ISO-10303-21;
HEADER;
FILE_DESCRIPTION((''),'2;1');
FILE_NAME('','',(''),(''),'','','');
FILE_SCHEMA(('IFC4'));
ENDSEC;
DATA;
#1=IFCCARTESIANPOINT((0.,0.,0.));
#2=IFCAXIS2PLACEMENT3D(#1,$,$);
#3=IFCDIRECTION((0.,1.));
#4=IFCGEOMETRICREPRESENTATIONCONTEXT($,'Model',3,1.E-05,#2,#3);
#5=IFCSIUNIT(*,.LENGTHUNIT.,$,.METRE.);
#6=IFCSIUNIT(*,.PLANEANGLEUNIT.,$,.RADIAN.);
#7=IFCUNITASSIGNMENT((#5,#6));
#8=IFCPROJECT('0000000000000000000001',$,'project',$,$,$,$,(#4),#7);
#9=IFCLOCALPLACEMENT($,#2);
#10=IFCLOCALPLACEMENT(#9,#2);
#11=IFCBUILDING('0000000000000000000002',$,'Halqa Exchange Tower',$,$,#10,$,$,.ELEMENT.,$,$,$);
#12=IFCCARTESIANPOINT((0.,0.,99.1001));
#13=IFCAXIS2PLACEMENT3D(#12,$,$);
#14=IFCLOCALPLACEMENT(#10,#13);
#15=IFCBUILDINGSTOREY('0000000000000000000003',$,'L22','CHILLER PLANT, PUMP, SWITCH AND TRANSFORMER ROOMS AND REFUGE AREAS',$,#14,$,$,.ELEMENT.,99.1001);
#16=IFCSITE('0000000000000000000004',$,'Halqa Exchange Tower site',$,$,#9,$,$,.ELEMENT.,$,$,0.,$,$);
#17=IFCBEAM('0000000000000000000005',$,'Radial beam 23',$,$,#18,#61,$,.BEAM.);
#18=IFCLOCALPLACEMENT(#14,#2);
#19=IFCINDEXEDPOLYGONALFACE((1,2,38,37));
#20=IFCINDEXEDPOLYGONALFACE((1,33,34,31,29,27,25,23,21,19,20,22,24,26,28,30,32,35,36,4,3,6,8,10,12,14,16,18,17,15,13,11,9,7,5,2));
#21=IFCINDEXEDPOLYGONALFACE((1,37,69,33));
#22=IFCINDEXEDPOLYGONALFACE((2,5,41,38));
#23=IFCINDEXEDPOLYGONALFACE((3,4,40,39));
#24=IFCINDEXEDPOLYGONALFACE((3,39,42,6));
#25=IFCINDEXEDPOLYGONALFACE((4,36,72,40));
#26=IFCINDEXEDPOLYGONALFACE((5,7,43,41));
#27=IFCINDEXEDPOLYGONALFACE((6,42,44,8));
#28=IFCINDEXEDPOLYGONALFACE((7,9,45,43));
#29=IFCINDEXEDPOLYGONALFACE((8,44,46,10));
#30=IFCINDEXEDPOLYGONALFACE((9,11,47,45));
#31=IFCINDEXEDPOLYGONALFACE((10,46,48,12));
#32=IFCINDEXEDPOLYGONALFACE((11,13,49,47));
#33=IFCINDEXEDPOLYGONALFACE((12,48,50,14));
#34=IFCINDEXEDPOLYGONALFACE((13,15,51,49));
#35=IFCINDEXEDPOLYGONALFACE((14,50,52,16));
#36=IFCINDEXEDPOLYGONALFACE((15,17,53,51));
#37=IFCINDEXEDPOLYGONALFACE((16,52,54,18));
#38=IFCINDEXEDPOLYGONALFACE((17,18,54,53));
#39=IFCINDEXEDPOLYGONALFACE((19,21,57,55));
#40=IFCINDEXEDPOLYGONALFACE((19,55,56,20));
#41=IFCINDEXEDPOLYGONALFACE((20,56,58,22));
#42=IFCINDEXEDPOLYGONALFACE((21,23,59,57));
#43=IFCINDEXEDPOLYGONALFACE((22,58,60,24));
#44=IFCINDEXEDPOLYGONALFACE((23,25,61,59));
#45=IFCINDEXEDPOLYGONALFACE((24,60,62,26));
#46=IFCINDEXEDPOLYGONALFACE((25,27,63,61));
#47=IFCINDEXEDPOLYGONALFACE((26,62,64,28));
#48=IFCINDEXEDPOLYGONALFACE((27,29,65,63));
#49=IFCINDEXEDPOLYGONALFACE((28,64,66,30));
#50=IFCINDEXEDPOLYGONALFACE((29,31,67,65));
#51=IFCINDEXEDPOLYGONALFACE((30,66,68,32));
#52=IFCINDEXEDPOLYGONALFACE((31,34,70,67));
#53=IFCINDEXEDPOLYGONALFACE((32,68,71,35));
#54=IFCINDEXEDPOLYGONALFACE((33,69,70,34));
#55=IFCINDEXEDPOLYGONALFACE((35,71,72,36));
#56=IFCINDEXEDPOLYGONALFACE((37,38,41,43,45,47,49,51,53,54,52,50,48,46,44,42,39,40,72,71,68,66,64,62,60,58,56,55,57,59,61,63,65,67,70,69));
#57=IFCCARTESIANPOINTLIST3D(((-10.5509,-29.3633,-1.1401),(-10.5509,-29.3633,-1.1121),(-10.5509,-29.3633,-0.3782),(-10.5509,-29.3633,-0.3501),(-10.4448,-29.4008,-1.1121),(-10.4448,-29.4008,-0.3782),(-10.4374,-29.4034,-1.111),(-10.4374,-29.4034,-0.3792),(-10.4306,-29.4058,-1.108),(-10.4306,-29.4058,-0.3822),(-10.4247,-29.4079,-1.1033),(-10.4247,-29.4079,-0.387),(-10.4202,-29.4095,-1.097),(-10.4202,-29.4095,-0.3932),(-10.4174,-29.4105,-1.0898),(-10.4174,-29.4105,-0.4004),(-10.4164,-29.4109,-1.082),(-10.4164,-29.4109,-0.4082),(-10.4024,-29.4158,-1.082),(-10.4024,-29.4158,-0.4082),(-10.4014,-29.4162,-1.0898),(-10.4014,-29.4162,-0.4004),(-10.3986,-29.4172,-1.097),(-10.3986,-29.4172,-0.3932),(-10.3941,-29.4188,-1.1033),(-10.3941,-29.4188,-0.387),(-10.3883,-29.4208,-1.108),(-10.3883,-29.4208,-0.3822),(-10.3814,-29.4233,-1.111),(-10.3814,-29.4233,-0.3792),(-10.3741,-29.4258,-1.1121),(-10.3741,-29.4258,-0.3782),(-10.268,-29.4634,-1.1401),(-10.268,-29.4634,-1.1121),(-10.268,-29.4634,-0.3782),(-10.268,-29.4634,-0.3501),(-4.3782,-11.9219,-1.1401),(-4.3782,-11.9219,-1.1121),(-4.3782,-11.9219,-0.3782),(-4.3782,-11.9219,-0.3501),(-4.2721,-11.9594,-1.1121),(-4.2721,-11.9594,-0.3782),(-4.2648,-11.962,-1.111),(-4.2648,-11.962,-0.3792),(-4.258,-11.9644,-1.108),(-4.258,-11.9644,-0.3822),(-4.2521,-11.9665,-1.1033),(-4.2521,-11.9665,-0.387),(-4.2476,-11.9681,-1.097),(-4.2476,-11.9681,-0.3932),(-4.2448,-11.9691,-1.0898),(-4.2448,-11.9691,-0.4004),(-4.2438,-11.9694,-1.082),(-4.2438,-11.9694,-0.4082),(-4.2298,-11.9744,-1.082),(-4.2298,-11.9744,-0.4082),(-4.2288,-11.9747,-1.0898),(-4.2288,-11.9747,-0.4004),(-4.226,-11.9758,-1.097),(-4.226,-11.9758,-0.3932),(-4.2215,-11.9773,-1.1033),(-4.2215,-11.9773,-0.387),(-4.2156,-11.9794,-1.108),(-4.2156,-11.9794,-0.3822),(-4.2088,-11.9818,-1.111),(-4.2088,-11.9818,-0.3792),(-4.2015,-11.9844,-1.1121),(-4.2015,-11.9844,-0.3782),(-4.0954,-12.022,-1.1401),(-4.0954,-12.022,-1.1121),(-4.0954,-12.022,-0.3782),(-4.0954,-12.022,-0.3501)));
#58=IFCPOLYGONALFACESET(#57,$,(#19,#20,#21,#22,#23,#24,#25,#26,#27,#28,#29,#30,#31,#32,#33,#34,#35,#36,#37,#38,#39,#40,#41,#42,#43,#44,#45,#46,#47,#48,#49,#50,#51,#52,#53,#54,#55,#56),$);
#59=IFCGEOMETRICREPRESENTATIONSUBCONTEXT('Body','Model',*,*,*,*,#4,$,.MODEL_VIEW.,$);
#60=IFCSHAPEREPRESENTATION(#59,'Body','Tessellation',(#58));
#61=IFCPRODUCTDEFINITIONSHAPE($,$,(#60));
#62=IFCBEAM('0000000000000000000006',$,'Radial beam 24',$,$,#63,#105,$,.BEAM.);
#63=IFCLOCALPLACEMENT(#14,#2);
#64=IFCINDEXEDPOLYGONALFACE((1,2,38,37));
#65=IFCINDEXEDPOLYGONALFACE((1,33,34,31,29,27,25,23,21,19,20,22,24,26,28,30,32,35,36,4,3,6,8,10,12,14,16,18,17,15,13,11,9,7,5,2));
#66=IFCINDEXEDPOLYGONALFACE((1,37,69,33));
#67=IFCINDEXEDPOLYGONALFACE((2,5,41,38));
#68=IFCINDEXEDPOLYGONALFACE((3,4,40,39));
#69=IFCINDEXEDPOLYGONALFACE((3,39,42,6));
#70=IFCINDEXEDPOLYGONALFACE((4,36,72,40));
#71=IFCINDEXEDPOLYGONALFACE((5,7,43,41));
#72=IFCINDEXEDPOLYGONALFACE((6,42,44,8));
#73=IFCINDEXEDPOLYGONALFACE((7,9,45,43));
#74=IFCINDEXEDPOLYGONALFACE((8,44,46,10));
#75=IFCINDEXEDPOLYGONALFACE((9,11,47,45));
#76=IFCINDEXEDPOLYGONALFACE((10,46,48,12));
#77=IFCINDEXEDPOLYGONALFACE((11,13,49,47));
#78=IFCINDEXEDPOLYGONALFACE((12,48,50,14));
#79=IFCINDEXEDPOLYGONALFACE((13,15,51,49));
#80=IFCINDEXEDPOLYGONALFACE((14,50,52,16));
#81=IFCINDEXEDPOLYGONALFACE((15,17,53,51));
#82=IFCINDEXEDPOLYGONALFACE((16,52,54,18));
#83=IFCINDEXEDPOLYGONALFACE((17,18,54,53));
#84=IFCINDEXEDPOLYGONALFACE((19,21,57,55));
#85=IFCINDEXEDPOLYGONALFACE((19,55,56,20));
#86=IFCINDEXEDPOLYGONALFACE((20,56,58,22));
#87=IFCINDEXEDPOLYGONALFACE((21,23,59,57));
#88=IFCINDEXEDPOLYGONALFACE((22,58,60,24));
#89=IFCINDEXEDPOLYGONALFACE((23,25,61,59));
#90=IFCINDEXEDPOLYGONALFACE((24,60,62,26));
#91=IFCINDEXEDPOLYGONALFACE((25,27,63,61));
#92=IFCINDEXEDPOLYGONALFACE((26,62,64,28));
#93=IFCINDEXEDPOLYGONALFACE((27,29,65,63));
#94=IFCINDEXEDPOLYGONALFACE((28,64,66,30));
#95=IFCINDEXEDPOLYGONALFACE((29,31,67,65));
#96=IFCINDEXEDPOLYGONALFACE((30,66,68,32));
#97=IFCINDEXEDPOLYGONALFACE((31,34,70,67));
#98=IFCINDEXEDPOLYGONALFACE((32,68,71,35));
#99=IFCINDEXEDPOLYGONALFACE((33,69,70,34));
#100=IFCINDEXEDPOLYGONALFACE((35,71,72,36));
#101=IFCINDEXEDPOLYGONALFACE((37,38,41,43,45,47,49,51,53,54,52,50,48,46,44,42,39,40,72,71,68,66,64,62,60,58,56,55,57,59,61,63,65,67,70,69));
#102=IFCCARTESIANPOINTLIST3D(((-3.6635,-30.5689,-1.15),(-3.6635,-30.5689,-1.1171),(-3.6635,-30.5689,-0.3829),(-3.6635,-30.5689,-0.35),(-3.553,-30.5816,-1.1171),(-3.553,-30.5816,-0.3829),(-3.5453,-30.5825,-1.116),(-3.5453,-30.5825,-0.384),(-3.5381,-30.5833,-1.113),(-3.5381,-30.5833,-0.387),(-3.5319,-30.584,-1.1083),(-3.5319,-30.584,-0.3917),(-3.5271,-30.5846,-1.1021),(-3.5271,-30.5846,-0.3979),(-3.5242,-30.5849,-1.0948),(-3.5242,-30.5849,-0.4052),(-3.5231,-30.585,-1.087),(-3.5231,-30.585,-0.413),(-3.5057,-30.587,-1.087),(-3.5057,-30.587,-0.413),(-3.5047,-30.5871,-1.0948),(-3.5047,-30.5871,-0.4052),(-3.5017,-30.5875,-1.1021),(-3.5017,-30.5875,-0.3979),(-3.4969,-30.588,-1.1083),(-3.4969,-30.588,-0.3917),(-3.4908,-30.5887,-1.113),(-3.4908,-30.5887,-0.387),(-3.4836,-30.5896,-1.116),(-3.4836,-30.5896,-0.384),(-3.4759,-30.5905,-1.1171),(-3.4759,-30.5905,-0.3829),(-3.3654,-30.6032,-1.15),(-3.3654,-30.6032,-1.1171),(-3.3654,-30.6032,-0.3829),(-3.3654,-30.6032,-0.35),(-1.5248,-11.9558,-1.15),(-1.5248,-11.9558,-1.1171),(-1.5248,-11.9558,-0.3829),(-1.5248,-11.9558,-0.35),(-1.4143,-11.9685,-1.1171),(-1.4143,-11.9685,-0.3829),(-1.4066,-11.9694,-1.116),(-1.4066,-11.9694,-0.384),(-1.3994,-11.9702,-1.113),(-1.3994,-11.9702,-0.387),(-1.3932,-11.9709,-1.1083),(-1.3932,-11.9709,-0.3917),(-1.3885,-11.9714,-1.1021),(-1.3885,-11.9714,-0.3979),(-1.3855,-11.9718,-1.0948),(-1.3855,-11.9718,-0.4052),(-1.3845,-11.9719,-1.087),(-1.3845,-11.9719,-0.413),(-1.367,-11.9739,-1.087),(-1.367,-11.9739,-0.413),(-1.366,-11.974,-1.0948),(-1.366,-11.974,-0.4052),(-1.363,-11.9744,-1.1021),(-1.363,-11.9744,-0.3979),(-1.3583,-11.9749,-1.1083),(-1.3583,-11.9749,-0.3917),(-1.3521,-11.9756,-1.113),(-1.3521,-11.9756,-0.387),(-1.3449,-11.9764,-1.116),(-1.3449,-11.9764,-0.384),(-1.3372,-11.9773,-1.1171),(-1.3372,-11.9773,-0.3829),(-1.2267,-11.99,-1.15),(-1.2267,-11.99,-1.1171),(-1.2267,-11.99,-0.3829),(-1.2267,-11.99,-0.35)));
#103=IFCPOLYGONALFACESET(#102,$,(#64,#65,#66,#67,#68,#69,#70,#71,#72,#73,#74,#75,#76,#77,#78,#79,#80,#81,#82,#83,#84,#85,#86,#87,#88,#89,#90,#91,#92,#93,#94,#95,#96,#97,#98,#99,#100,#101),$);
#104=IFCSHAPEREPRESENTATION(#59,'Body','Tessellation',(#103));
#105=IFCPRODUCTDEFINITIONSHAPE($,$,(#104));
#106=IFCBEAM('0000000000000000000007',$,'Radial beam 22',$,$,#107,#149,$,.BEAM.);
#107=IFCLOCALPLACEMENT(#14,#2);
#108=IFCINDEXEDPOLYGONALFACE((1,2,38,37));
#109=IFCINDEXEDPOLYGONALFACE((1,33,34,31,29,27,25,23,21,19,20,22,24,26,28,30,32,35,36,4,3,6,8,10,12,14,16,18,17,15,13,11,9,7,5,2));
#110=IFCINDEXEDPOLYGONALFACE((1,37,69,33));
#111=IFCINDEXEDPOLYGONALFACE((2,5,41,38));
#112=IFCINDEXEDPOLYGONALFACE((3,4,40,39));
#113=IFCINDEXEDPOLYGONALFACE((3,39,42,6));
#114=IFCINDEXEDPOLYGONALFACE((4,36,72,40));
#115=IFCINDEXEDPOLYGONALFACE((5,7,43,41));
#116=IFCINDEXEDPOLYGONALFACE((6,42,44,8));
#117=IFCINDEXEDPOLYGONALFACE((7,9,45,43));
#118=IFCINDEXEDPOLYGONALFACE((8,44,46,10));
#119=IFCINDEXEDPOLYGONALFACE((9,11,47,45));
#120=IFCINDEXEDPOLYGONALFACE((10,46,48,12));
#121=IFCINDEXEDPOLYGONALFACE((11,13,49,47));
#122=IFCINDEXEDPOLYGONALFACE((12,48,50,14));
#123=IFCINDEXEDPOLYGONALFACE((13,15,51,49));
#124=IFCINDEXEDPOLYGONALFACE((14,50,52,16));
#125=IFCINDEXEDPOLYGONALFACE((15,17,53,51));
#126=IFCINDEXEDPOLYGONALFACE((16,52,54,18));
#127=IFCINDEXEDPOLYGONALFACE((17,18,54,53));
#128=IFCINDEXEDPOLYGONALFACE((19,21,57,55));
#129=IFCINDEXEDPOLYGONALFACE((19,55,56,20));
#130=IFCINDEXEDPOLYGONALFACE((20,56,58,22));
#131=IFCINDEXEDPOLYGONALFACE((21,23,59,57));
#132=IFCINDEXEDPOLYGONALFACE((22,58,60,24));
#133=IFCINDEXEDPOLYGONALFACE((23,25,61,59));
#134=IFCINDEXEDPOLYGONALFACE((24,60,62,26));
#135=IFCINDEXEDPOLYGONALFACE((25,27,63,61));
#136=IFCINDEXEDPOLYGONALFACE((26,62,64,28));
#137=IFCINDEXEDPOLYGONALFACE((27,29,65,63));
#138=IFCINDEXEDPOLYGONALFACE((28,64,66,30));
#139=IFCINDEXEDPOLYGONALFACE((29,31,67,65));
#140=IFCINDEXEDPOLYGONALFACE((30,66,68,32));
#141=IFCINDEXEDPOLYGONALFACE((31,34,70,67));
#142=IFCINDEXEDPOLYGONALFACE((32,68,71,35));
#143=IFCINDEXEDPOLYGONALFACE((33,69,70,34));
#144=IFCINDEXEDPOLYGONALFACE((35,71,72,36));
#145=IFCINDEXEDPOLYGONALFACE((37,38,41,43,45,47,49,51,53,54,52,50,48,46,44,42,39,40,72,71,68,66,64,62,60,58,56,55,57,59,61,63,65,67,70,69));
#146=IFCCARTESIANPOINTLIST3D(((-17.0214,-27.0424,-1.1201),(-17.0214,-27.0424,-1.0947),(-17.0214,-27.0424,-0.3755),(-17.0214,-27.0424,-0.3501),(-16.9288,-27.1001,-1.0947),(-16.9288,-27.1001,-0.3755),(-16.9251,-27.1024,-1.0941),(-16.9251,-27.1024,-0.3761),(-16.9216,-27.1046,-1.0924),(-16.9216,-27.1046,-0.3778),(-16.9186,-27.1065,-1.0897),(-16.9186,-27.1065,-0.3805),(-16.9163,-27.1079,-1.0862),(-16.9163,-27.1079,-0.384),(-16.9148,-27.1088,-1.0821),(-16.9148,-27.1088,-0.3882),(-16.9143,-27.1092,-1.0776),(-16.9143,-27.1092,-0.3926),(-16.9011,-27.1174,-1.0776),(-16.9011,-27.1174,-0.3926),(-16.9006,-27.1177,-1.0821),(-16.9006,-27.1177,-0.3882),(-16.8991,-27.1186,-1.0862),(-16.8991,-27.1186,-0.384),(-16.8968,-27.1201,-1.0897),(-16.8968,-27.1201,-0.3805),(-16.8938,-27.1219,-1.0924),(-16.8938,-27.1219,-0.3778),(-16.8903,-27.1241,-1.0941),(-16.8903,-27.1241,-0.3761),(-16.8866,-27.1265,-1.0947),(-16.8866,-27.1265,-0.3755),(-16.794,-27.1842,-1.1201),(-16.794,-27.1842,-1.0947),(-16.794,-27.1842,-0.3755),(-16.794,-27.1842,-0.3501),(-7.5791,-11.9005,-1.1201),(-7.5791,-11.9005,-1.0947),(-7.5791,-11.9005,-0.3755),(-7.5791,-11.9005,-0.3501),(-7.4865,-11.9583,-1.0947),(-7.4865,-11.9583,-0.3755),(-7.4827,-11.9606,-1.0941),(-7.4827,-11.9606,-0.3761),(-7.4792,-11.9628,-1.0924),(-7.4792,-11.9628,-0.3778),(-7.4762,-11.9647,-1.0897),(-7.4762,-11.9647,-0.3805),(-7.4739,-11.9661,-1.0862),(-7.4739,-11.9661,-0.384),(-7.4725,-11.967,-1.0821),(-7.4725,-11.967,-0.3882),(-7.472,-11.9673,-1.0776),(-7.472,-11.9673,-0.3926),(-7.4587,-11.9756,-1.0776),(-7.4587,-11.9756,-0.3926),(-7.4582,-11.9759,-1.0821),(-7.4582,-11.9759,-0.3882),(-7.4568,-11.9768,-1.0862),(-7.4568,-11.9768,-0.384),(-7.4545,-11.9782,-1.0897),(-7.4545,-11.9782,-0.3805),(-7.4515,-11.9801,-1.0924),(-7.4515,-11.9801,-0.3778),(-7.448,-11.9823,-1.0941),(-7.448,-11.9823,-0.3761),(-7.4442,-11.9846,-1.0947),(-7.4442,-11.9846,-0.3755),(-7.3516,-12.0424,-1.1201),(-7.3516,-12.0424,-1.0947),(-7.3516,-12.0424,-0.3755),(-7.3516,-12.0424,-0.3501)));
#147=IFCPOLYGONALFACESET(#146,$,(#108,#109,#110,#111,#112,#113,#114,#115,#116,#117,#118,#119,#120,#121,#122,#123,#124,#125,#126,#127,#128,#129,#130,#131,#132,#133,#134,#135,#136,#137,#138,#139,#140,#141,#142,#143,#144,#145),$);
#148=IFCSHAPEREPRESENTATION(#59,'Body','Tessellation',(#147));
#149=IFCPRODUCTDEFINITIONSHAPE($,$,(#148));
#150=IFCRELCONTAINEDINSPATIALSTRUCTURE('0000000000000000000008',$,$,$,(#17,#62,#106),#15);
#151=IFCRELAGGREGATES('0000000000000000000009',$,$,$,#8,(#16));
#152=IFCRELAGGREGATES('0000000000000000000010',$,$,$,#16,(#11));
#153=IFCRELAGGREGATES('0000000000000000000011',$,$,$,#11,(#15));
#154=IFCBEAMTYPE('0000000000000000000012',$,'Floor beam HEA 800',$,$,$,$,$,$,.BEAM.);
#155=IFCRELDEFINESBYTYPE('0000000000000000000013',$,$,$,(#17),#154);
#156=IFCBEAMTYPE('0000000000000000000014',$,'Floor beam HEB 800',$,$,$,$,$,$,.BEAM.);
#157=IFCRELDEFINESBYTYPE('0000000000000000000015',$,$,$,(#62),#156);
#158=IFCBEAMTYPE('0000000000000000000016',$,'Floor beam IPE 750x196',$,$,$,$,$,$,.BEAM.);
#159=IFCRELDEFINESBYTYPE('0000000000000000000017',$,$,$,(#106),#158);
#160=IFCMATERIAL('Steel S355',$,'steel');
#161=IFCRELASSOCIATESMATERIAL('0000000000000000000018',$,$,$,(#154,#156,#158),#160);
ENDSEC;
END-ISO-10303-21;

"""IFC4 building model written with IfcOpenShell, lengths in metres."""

from ifc_helpers import new_model, si_unit, direction, frame, origin, origin_2d, place, context, subcontext, project, spatial, i_section, extrude, material, material_profile, profile_set, type_object, element, save


model = new_model("IFC4")

# Units and contexts
model_context = context("Model", 3, precision=1e-05, world=origin(), true_north=direction((0.0, 1.0)))
body_context = subcontext(model_context, "Body", "Model", "MODEL_VIEW")
ifc_project = project(units=[si_unit("LENGTHUNIT", "METRE"), si_unit("PLANEANGLEUNIT", "RADIAN")], contexts=[model_context])

# Site, building, storey
site_placement = place(None, origin())
site = spatial("IfcSite", under=ifc_project, at=site_placement, Name="Halqa Exchange Tower site", CompositionType="ELEMENT", RefElevation=0.0)
building_placement = place(site_placement, origin())
building = spatial("IfcBuilding", under=site, at=building_placement, Name="Halqa Exchange Tower", CompositionType="ELEMENT")
storey_placement = place(building_placement, frame((0.0, 0.0, 99.1001)))
storey = spatial("IfcBuildingStorey", under=building, at=storey_placement, Name="L22", Description="CHILLER PLANT, PUMP, SWITCH AND TRANSFORMER ROOMS AND REFUGE AREAS", CompositionType="ELEMENT", Elevation=99.1001)

# Beams
ifc_material_1 = material(Name="Steel S355", Category="steel")
ifc_material_profile_1 = material_profile(ifc_material_1, i_section(OverallWidth=0.3, OverallDepth=0.79, WebThickness=0.0149, FlangeThickness=0.0281, FilletRadius=0.03, at=origin_2d()), Name="HEA 800")
ifc_profile_set_1 = profile_set([ifc_material_profile_1], Name="Steel S355")
beam_type_1 = type_object("IfcBeamType", Name="Floor beam HEA 800", PredefinedType="BEAM", material=ifc_profile_set_1)
beam_1_placement = place(storey_placement, frame((-4.2368, -11.9719, -0.7451), z_axis=(-0.333628, -0.942705, 0.0), x_axis=(0.942705, -0.333628, 0.0)))
element("IfcBeam", 1, at=beam_1_placement, inside=storey, type_object=beam_type_1, Name="Radial beam 23", PredefinedType="BEAM", context=body_context, shape_type="SweptSolid", body=[
    extrude(i_section(OverallWidth=0.3, OverallDepth=0.79, WebThickness=0.0149, FlangeThickness=0.0281, FilletRadius=0.03, at=origin_2d()), origin(), (0.0, 0.0, 1.0), 18.5015),
])
ifc_material_profile_2 = material_profile(ifc_material_1, i_section(OverallWidth=0.3, OverallDepth=0.8, WebThickness=0.0176, FlangeThickness=0.033, FilletRadius=0.03, at=origin_2d()), Name="HEB 800")
ifc_profile_set_2 = profile_set([ifc_material_profile_2], Name="Steel S355")
beam_type_2 = type_object("IfcBeamType", Name="Floor beam HEB 800", PredefinedType="BEAM", material=ifc_profile_set_2)
beam_2_placement = place(storey_placement, frame((-1.3757, -11.9729, -0.75), z_axis=(-0.114151, -0.993463, 0.0), x_axis=(0.993463, -0.114151, 0.0)))
element("IfcBeam", 2, at=beam_2_placement, inside=storey, type_object=beam_type_2, Name="Radial beam 24", PredefinedType="BEAM", context=body_context, shape_type="SweptSolid", body=[
    extrude(i_section(OverallWidth=0.3, OverallDepth=0.8, WebThickness=0.0176, FlangeThickness=0.033, FilletRadius=0.03, at=origin_2d()), origin(), (0.0, 0.0, 1.0), 18.7356),
])
ifc_material_profile_3 = material_profile(ifc_material_1, i_section(OverallWidth=0.2681, OverallDepth=0.77, WebThickness=0.0156, FlangeThickness=0.0254, FilletRadius=0.0171, at=origin_2d()), Name="IPE 750x196")
ifc_profile_set_3 = profile_set([ifc_material_profile_3], Name="Steel S355")
beam_type_3 = type_object("IfcBeamType", Name="Floor beam IPE 750x196", PredefinedType="BEAM", material=ifc_profile_set_3)
beam_3_placement = place(storey_placement, frame((-7.4653, -11.9714, -0.7351), z_axis=(-0.529142, -0.848534, 0.0), x_axis=(0.848534, -0.529142, 0.0)))
element("IfcBeam", 3, at=beam_3_placement, inside=storey, type_object=beam_type_3, Name="Radial beam 22", PredefinedType="BEAM", context=body_context, shape_type="SweptSolid", body=[
    extrude(i_section(OverallWidth=0.2681, OverallDepth=0.77, WebThickness=0.0156, FlangeThickness=0.0254, FilletRadius=0.0171, at=origin_2d()), origin(), (0.0, 0.0, 1.0), 17.8447),
])

save(model, "model.ifc")
